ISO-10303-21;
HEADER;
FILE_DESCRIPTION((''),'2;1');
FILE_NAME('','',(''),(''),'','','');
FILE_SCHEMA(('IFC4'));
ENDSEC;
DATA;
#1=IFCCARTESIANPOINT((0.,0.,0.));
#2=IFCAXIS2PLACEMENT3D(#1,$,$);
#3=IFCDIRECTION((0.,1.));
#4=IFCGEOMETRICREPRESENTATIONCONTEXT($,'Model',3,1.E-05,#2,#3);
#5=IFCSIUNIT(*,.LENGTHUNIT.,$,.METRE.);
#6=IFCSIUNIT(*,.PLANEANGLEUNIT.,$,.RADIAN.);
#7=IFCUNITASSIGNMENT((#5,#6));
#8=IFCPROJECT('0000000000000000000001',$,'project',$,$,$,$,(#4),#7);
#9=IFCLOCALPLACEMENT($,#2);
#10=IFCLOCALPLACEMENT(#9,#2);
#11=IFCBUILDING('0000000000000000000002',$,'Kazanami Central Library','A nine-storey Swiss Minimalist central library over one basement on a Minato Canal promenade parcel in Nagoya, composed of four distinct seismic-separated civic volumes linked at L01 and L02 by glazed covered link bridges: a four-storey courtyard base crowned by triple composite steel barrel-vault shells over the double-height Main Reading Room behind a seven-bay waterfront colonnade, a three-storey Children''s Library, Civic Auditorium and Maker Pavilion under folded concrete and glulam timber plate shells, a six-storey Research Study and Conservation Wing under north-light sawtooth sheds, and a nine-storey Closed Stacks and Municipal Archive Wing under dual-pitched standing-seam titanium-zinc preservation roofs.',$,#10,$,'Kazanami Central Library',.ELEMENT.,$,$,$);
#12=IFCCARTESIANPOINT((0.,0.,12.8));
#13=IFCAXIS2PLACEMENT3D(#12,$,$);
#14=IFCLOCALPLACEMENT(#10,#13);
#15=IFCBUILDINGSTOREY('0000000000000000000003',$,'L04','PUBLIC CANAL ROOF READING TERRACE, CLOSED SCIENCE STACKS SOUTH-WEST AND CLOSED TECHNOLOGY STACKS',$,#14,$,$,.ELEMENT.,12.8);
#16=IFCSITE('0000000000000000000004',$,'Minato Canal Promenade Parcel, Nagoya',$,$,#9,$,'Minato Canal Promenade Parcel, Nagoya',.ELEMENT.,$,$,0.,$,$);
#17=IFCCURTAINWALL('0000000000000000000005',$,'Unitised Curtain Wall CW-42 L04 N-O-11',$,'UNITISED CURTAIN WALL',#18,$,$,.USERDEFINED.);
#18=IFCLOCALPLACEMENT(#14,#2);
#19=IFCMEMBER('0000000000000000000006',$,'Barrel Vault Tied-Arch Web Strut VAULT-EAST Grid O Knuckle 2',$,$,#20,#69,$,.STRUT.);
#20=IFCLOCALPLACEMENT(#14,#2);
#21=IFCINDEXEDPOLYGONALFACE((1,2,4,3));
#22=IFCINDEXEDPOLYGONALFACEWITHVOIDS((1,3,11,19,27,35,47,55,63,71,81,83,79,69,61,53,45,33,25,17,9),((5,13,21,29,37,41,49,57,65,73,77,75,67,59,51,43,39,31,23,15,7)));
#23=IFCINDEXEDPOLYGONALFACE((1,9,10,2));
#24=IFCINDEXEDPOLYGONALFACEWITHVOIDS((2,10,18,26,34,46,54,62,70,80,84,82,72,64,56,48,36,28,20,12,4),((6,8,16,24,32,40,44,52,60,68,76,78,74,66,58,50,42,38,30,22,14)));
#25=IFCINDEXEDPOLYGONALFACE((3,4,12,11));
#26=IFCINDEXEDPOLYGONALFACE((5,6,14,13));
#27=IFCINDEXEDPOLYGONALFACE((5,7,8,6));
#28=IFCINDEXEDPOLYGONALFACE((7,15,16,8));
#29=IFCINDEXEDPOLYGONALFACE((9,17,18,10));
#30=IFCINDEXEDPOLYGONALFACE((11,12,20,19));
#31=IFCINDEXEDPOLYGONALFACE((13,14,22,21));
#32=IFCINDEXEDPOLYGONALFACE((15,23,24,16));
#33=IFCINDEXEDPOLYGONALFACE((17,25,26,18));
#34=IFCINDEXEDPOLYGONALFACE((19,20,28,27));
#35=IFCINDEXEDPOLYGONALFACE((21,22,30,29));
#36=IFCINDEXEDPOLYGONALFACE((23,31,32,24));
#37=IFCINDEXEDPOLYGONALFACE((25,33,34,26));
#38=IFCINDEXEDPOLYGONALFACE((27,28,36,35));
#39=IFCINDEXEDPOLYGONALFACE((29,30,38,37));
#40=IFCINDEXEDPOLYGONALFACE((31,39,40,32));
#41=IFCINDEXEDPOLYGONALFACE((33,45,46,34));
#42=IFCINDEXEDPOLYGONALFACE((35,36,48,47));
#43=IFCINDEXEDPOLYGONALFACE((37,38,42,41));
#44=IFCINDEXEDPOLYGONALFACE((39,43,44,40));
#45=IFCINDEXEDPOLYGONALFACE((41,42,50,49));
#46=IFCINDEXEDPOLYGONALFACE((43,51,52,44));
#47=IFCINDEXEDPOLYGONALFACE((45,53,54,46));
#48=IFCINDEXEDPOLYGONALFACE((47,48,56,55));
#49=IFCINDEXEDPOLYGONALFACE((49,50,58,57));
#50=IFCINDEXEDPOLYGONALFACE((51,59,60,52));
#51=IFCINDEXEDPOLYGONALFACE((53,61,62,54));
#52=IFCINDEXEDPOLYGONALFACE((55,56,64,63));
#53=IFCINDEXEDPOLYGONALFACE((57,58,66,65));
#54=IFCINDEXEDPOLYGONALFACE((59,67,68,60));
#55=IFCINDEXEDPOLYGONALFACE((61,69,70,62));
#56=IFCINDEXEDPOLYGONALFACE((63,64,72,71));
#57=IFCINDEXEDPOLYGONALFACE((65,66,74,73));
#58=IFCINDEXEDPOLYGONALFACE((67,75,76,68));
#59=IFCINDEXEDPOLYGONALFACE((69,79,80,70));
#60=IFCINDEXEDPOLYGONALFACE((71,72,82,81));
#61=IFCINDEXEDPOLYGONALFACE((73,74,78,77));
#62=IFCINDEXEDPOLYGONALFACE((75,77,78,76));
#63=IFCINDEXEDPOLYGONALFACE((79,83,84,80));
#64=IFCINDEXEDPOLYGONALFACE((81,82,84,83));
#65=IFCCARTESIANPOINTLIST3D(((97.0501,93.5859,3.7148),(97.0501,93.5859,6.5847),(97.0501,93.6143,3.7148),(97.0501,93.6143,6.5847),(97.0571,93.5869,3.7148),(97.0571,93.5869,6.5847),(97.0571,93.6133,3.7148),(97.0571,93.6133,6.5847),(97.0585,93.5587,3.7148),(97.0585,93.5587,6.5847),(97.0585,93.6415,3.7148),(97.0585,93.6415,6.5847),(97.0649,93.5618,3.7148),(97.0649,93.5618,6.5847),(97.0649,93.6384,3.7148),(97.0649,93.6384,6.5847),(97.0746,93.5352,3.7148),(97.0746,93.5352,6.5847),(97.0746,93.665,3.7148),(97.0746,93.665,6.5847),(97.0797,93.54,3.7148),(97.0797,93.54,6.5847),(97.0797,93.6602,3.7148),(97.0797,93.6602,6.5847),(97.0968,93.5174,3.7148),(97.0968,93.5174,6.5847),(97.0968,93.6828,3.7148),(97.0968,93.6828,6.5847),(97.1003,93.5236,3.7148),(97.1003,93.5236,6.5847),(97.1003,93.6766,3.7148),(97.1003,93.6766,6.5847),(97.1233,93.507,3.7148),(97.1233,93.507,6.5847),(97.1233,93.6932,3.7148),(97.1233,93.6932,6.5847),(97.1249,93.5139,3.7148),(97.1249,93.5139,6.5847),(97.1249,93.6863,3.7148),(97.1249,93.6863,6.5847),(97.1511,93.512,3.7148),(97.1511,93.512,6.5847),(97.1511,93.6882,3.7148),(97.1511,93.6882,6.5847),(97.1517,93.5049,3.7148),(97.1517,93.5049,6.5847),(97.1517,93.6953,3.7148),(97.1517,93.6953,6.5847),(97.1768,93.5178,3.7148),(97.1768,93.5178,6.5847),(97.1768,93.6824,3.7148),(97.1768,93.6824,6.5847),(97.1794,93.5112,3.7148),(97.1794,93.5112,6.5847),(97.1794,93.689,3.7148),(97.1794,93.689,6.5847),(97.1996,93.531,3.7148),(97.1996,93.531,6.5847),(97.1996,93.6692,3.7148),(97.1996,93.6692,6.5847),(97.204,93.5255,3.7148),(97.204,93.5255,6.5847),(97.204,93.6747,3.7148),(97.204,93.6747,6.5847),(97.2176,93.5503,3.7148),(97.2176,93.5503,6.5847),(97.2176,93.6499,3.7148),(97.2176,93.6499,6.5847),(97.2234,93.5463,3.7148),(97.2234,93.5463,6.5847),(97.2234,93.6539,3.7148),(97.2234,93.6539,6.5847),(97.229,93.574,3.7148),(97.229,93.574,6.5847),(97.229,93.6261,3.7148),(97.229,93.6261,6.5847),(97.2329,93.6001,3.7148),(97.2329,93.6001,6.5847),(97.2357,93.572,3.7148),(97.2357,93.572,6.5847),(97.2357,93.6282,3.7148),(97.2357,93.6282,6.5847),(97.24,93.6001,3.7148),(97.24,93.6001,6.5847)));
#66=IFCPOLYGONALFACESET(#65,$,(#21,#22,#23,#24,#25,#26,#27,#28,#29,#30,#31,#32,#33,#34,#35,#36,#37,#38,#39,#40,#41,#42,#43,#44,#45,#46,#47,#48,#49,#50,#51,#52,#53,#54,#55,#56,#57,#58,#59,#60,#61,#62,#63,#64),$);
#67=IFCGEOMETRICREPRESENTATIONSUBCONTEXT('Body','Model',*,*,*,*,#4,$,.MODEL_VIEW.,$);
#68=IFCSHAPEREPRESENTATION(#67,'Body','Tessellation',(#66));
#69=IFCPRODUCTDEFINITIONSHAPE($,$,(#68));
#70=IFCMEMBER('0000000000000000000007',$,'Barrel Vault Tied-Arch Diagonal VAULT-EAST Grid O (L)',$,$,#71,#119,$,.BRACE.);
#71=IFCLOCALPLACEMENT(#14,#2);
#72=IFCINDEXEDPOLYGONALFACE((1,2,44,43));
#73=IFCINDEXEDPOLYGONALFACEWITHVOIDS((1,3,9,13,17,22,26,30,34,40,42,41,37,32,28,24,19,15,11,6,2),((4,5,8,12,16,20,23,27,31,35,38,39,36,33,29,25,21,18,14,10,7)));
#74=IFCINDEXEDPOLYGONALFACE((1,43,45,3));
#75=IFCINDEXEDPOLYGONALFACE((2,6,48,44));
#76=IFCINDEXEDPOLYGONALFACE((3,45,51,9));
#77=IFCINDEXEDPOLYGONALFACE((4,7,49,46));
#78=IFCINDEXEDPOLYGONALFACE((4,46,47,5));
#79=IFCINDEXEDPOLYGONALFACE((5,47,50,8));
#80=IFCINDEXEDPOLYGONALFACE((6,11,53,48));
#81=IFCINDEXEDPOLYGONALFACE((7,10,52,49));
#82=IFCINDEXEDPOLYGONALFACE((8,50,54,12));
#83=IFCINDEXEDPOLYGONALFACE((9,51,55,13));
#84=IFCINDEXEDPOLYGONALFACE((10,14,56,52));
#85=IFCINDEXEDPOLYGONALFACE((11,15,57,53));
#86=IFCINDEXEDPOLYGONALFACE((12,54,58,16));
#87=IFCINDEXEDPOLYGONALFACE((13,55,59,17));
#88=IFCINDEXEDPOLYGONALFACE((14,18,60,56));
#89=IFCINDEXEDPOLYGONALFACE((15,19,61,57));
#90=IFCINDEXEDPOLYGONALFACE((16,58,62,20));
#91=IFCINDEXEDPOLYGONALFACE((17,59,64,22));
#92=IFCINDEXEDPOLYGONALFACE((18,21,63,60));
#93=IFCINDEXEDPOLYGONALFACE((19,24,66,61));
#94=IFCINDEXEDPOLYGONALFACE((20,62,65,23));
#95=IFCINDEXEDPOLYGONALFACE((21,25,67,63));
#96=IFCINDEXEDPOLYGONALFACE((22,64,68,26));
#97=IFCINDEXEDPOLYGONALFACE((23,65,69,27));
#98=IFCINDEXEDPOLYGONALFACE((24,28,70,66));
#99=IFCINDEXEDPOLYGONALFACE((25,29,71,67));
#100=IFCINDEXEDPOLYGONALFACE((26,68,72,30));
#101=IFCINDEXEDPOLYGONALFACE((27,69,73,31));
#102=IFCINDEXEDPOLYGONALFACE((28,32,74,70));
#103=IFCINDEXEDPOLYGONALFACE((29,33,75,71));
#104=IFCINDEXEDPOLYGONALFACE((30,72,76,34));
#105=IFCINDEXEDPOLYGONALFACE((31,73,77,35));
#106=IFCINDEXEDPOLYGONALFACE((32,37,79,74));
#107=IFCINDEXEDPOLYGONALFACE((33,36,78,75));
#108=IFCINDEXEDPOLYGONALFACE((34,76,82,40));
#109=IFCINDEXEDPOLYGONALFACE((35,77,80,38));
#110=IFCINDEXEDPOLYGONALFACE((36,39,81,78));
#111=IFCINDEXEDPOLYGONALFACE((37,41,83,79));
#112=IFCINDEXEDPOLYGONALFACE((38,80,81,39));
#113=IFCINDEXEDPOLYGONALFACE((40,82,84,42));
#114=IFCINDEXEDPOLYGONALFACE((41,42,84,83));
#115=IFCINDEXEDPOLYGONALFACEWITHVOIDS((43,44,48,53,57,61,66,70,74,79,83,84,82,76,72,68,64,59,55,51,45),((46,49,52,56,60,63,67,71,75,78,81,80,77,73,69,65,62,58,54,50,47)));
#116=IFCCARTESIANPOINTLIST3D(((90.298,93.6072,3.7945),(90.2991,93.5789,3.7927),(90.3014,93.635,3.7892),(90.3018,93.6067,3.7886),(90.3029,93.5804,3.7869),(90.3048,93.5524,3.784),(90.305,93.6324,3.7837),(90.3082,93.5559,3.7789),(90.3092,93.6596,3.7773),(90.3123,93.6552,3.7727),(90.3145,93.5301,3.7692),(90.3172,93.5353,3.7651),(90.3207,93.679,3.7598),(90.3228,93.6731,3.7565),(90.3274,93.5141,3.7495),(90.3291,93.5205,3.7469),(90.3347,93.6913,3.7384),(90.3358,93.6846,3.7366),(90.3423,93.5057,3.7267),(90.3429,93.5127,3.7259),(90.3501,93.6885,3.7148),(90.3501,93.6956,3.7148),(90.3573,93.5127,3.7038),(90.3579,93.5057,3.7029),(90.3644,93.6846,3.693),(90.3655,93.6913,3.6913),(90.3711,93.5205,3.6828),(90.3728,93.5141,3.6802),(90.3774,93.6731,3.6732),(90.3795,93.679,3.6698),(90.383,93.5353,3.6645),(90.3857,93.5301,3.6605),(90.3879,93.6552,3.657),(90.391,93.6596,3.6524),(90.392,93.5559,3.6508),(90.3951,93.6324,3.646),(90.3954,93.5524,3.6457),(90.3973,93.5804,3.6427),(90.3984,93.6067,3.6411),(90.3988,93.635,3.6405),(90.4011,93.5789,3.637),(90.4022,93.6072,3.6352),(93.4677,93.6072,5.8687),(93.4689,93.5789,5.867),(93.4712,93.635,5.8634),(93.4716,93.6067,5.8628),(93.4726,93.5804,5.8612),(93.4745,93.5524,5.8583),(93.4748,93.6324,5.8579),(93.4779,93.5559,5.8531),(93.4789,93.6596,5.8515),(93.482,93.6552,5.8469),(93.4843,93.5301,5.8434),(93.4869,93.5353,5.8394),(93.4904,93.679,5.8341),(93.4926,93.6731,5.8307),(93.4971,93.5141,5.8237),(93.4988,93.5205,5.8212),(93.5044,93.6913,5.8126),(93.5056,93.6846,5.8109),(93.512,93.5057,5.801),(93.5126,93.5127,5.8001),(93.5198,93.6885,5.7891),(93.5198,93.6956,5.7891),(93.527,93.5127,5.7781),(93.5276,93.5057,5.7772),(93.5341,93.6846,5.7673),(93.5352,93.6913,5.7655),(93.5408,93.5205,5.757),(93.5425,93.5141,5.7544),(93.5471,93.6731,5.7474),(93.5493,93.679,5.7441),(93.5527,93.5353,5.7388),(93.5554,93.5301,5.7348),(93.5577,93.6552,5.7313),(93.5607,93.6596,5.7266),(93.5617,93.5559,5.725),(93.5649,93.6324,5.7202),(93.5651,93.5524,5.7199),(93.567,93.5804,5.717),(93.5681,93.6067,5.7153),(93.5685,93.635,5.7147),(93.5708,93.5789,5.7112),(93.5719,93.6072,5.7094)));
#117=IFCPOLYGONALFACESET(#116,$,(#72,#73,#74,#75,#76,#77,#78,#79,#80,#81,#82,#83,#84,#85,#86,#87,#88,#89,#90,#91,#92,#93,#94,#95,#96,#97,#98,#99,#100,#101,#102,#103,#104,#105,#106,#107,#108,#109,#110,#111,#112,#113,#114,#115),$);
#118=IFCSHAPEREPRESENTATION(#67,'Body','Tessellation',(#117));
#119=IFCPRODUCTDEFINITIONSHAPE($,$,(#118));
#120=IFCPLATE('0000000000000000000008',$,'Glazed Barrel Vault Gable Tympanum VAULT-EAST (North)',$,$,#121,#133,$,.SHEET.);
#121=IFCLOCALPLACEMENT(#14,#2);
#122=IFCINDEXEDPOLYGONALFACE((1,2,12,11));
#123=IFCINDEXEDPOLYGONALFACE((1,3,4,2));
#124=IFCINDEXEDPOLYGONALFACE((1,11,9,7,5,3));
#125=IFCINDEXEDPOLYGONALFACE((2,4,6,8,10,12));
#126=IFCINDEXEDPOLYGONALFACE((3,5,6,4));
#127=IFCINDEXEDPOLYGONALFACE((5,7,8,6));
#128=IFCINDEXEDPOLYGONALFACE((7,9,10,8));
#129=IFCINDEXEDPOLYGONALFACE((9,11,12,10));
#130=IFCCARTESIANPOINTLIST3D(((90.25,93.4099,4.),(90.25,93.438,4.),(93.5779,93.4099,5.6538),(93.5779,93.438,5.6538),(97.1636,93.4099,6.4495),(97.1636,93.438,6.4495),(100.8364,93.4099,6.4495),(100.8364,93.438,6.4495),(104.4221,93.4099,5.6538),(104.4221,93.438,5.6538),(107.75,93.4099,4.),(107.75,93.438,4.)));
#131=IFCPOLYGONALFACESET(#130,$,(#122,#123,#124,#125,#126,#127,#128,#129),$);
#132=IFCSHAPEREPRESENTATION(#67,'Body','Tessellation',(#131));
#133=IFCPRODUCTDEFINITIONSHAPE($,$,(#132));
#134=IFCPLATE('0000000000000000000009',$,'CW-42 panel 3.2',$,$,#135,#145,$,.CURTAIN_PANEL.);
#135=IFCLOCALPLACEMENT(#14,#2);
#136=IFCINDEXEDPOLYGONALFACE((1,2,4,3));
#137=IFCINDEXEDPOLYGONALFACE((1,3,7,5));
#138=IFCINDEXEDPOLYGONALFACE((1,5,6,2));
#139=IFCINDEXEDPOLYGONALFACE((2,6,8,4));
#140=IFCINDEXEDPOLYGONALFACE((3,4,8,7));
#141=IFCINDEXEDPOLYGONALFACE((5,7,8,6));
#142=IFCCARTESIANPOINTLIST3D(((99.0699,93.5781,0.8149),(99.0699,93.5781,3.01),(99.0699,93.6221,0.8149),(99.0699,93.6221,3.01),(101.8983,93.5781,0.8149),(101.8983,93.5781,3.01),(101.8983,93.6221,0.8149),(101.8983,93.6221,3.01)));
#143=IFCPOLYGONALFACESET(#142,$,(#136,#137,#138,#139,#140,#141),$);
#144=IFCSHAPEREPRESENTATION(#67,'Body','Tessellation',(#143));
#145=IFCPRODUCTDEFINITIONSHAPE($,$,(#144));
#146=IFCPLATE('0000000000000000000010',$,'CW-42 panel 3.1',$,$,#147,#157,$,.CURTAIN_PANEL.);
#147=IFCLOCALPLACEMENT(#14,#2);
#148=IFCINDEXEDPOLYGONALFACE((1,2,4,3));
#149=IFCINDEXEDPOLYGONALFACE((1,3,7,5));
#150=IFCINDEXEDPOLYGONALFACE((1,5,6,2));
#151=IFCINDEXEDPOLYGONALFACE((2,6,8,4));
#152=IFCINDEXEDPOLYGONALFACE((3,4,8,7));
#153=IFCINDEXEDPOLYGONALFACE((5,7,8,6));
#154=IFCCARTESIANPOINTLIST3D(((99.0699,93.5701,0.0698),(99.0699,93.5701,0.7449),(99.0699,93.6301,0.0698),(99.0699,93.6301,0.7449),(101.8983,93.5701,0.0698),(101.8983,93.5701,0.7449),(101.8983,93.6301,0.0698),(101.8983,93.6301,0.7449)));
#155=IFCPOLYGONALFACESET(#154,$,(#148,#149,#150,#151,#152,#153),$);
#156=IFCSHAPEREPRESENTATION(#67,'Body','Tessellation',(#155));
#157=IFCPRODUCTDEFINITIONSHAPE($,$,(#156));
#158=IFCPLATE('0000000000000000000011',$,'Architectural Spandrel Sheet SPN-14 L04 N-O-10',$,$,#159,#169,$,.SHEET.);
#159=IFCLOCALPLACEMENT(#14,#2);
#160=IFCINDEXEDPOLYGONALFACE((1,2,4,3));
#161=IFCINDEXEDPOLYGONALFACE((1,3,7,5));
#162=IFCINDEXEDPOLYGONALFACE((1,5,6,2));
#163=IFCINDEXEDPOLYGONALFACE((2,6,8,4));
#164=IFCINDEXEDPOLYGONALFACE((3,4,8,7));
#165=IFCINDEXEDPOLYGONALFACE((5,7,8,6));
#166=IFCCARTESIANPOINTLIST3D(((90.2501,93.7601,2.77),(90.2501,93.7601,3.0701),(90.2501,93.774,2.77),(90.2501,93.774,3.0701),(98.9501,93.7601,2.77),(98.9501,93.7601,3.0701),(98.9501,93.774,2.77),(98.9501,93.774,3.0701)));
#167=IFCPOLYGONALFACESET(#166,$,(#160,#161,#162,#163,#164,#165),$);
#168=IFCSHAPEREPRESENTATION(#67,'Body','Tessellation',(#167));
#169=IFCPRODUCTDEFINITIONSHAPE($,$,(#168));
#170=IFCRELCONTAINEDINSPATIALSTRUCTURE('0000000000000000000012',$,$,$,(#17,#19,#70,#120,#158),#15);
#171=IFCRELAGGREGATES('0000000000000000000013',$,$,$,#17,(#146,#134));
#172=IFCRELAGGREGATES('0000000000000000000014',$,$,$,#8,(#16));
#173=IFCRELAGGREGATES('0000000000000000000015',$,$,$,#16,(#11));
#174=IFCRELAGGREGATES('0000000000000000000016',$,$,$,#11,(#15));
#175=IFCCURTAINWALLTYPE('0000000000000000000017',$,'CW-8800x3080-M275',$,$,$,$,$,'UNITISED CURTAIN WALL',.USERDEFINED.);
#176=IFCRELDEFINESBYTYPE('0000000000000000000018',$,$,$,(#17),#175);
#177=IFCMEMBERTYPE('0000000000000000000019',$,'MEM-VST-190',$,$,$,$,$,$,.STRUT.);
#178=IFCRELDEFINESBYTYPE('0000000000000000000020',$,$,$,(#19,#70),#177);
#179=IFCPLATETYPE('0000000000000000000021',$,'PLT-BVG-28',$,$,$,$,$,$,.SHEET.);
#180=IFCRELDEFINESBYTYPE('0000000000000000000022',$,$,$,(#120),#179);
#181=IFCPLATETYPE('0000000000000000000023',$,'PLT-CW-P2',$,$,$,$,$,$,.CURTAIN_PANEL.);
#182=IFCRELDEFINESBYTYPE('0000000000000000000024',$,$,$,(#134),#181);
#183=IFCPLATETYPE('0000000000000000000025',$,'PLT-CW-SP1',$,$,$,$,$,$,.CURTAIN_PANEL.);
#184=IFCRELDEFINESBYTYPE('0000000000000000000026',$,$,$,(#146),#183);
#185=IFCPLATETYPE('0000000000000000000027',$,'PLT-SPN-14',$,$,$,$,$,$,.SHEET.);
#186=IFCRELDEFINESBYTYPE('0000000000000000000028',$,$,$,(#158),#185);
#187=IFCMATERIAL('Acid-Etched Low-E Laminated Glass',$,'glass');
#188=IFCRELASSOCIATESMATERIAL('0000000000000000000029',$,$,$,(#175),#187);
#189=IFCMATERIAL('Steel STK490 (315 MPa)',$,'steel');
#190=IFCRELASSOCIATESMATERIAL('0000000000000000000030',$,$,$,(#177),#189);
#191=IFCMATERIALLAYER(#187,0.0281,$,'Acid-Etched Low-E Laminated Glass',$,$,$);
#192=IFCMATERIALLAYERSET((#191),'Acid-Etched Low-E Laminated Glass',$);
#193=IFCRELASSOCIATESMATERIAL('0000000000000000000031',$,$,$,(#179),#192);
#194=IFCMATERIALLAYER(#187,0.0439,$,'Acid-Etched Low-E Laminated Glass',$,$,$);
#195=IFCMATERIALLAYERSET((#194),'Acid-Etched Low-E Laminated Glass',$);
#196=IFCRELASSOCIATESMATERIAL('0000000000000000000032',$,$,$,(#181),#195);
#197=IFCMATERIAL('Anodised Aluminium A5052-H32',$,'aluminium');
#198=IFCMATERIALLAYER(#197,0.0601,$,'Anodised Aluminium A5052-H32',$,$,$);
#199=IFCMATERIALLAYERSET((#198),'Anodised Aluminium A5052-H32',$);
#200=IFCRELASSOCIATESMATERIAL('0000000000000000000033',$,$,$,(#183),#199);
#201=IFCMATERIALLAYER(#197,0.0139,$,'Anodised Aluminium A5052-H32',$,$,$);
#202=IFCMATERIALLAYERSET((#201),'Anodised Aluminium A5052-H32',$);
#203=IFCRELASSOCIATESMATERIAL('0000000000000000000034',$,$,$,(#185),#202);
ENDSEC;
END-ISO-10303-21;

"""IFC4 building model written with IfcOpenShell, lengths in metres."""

from ifc_helpers import new_model, si_unit, direction, frame, origin, origin_2d, place, context, subcontext, project, spatial, polyline, rectangle, hollow_circle, outline, extrude, material, layer, layer_set, material_profile, profile_set, type_object, element, aggregate, save


model = new_model("IFC4")

# Units and contexts
model_context = context("Model", 3, precision=1e-05, world=origin(), true_north=direction((0.0, 1.0)))
body_context = subcontext(model_context, "Body", "Model", "MODEL_VIEW")
ifc_project = project(units=[si_unit("LENGTHUNIT", "METRE"), si_unit("PLANEANGLEUNIT", "RADIAN")], contexts=[model_context])

# Site, building, storey
site_placement = place(None, origin())
site = spatial("IfcSite", under=ifc_project, at=site_placement, Name="Minato Canal Promenade Parcel, Nagoya", LongName="Minato Canal Promenade Parcel, Nagoya", CompositionType="ELEMENT", RefElevation=0.0)
building_placement = place(site_placement, origin())
building = spatial("IfcBuilding", under=site, at=building_placement, Name="Kazanami Central Library", Description="A nine-storey Swiss Minimalist central library over one basement on a Minato Canal promenade parcel in Nagoya, composed of four distinct seismic-separated civic volumes linked at L01 and L02 by glazed covered link bridges: a four-storey courtyard base crowned by triple composite steel barrel-vault shells over the double-height Main Reading Room behind a seven-bay waterfront colonnade, a three-storey Children's Library, Civic Auditorium and Maker Pavilion under folded concrete and glulam timber plate shells, a six-storey Research Study and Conservation Wing under north-light sawtooth sheds, and a nine-storey Closed Stacks and Municipal Archive Wing under dual-pitched standing-seam titanium-zinc preservation roofs.", LongName="Kazanami Central Library", CompositionType="ELEMENT")
storey_placement = place(building_placement, frame((0.0, 0.0, 12.8)))
storey = spatial("IfcBuildingStorey", under=building, at=storey_placement, Name="L04", Description="PUBLIC CANAL ROOF READING TERRACE, CLOSED SCIENCE STACKS SOUTH-WEST AND CLOSED TECHNOLOGY STACKS", CompositionType="ELEMENT", Elevation=12.8)

# Curtain wall
ifc_material_1 = material(Name="Acid-Etched Low-E Laminated Glass", Category="glass")
curtain_wall_type = type_object("IfcCurtainWallType", Name="CW-8800x3080-M275", ElementType="UNITISED CURTAIN WALL", PredefinedType="USERDEFINED", material=ifc_material_1)
curtain_wall_placement = place(storey_placement, origin())
curtain_wall = element("IfcCurtainWall", 1, at=curtain_wall_placement, inside=storey, type_object=curtain_wall_type, Name="Unitised Curtain Wall CW-42 L04 N-O-11", ObjectType="UNITISED CURTAIN WALL", PredefinedType="USERDEFINED")

# Members
ifc_material_2 = material(Name="Steel STK490 (315 MPa)", Category="steel")
ifc_material_profile_1 = material_profile(ifc_material_2, hollow_circle(Radius=0.0955, WallThickness=0.0071, at=origin_2d()), Name="CHS-190.7x7.0")
ifc_profile_set_1 = profile_set([ifc_material_profile_1], Name="Steel STK490 (315 MPa)")
member_type_1 = type_object("IfcMemberType", Name="MEM-VST-190", PredefinedType="STRUT", material=ifc_profile_set_1)
member_1_placement = place(storey_placement, frame((97.1445, 93.6001, 3.7148), z_axis=(0.0, 0.0, 1.0), x_axis=(1.0, 0.0, 0.0)))
element("IfcMember", 2, at=member_1_placement, inside=storey, type_object=member_type_1, Name="Barrel Vault Tied-Arch Web Strut VAULT-EAST Grid O Knuckle 2", PredefinedType="STRUT", context=body_context, shape_type="SweptSolid", body=[
    extrude(hollow_circle(Radius=0.0955, WallThickness=0.0071, at=origin_2d()), origin(), (0.0, 0.0, 1.0), 2.8699),
])
member_2_placement = place(storey_placement, frame((90.3501, 93.6001, 3.7148), z_axis=(0.83676, 0.0, 0.547571), x_axis=(0.0, 1.0, 0.0)))
element("IfcMember", 3, at=member_2_placement, inside=storey, type_object=member_type_1, Name="Barrel Vault Tied-Arch Diagonal VAULT-EAST Grid O (L)", PredefinedType="BRACE", context=body_context, shape_type="SweptSolid", body=[
    extrude(hollow_circle(Radius=0.0955, WallThickness=0.0071, at=origin_2d()), origin(), (0.0, 0.0, 1.0), 3.7881),
])

# Plates
ifc_layer_1 = layer(ifc_material_1, 0.0281, Name="Acid-Etched Low-E Laminated Glass")
ifc_layer_set_1 = layer_set([ifc_layer_1], Name="Acid-Etched Low-E Laminated Glass")
plate_type_1 = type_object("IfcPlateType", Name="PLT-BVG-28", PredefinedType="SHEET", material=ifc_layer_set_1)
plate_1_placement = place(storey_placement, frame((90.25, 93.4099, 4.0), z_axis=(0.0, -1.0, 0.0), x_axis=(1.0, 0.0, 0.0)))
element("IfcPlate", 4, at=plate_1_placement, inside=storey, type_object=plate_type_1, Name="Glazed Barrel Vault Gable Tympanum VAULT-EAST (North)", PredefinedType="SHEET", context=body_context, shape_type="SweptSolid", body=[
    extrude(outline(polyline([(0.0, 0.0), (17.5, 0.0), (14.1721, 1.6538), (10.5864, 2.4495), (6.9136, 2.4495), (3.3279, 1.6538), (0.0, 0.0)])), origin(), (0.0, 0.0, -1.0), 0.0281),
])
ifc_layer_2 = layer(ifc_material_1, 0.0439, Name="Acid-Etched Low-E Laminated Glass")
ifc_layer_set_2 = layer_set([ifc_layer_2], Name="Acid-Etched Low-E Laminated Glass")
plate_type_2 = type_object("IfcPlateType", Name="PLT-CW-P2", PredefinedType="CURTAIN_PANEL", material=ifc_layer_set_2)
plate_2_placement = place(storey_placement, frame((100.4841, 93.6001, 0.8149), z_axis=(0.0, 0.0, 1.0), x_axis=(-1.0, 0.0, 0.0)))
plate_2 = element("IfcPlate", 5, at=plate_2_placement, type_object=plate_type_2, Name="CW-42 panel 3.2", PredefinedType="CURTAIN_PANEL", context=body_context, shape_type="SweptSolid", body=[
    extrude(rectangle(XDim=2.8284, YDim=0.0439, at=origin_2d()), origin(), (0.0, 0.0, 1.0), 2.1951),
])
ifc_material_3 = material(Name="Anodised Aluminium A5052-H32", Category="aluminium")
ifc_layer_3 = layer(ifc_material_3, 0.0601, Name="Anodised Aluminium A5052-H32")
ifc_layer_set_3 = layer_set([ifc_layer_3], Name="Anodised Aluminium A5052-H32")
plate_type_3 = type_object("IfcPlateType", Name="PLT-CW-SP1", PredefinedType="CURTAIN_PANEL", material=ifc_layer_set_3)
plate_3_placement = place(storey_placement, frame((100.4841, 93.6001, 0.0698), z_axis=(0.0, 0.0, 1.0), x_axis=(-1.0, 0.0, 0.0)))
plate_3 = element("IfcPlate", 6, at=plate_3_placement, type_object=plate_type_3, Name="CW-42 panel 3.1", PredefinedType="CURTAIN_PANEL", context=body_context, shape_type="SweptSolid", body=[
    extrude(rectangle(XDim=2.8284, YDim=0.0601, at=origin_2d()), origin(), (0.0, 0.0, 1.0), 0.675),
])
aggregate(curtain_wall, [plate_3, plate_2])
ifc_layer_4 = layer(ifc_material_3, 0.0139, Name="Anodised Aluminium A5052-H32")
ifc_layer_set_4 = layer_set([ifc_layer_4], Name="Anodised Aluminium A5052-H32")
plate_type_4 = type_object("IfcPlateType", Name="PLT-SPN-14", PredefinedType="SHEET", material=ifc_layer_set_4)
plate_4_placement = place(storey_placement, frame((94.6001, 93.7671, 2.77), z_axis=(0.0, 0.0, 1.0), x_axis=(-1.0, 0.0, 0.0)))
element("IfcPlate", 7, at=plate_4_placement, inside=storey, type_object=plate_type_4, Name="Architectural Spandrel Sheet SPN-14 L04 N-O-10", PredefinedType="SHEET", context=body_context, shape_type="SweptSolid", body=[
    extrude(rectangle(XDim=8.7, YDim=0.0139, at=origin_2d()), origin(), (0.0, 0.0, 1.0), 0.3),
])

save(model, "model.ifc")
